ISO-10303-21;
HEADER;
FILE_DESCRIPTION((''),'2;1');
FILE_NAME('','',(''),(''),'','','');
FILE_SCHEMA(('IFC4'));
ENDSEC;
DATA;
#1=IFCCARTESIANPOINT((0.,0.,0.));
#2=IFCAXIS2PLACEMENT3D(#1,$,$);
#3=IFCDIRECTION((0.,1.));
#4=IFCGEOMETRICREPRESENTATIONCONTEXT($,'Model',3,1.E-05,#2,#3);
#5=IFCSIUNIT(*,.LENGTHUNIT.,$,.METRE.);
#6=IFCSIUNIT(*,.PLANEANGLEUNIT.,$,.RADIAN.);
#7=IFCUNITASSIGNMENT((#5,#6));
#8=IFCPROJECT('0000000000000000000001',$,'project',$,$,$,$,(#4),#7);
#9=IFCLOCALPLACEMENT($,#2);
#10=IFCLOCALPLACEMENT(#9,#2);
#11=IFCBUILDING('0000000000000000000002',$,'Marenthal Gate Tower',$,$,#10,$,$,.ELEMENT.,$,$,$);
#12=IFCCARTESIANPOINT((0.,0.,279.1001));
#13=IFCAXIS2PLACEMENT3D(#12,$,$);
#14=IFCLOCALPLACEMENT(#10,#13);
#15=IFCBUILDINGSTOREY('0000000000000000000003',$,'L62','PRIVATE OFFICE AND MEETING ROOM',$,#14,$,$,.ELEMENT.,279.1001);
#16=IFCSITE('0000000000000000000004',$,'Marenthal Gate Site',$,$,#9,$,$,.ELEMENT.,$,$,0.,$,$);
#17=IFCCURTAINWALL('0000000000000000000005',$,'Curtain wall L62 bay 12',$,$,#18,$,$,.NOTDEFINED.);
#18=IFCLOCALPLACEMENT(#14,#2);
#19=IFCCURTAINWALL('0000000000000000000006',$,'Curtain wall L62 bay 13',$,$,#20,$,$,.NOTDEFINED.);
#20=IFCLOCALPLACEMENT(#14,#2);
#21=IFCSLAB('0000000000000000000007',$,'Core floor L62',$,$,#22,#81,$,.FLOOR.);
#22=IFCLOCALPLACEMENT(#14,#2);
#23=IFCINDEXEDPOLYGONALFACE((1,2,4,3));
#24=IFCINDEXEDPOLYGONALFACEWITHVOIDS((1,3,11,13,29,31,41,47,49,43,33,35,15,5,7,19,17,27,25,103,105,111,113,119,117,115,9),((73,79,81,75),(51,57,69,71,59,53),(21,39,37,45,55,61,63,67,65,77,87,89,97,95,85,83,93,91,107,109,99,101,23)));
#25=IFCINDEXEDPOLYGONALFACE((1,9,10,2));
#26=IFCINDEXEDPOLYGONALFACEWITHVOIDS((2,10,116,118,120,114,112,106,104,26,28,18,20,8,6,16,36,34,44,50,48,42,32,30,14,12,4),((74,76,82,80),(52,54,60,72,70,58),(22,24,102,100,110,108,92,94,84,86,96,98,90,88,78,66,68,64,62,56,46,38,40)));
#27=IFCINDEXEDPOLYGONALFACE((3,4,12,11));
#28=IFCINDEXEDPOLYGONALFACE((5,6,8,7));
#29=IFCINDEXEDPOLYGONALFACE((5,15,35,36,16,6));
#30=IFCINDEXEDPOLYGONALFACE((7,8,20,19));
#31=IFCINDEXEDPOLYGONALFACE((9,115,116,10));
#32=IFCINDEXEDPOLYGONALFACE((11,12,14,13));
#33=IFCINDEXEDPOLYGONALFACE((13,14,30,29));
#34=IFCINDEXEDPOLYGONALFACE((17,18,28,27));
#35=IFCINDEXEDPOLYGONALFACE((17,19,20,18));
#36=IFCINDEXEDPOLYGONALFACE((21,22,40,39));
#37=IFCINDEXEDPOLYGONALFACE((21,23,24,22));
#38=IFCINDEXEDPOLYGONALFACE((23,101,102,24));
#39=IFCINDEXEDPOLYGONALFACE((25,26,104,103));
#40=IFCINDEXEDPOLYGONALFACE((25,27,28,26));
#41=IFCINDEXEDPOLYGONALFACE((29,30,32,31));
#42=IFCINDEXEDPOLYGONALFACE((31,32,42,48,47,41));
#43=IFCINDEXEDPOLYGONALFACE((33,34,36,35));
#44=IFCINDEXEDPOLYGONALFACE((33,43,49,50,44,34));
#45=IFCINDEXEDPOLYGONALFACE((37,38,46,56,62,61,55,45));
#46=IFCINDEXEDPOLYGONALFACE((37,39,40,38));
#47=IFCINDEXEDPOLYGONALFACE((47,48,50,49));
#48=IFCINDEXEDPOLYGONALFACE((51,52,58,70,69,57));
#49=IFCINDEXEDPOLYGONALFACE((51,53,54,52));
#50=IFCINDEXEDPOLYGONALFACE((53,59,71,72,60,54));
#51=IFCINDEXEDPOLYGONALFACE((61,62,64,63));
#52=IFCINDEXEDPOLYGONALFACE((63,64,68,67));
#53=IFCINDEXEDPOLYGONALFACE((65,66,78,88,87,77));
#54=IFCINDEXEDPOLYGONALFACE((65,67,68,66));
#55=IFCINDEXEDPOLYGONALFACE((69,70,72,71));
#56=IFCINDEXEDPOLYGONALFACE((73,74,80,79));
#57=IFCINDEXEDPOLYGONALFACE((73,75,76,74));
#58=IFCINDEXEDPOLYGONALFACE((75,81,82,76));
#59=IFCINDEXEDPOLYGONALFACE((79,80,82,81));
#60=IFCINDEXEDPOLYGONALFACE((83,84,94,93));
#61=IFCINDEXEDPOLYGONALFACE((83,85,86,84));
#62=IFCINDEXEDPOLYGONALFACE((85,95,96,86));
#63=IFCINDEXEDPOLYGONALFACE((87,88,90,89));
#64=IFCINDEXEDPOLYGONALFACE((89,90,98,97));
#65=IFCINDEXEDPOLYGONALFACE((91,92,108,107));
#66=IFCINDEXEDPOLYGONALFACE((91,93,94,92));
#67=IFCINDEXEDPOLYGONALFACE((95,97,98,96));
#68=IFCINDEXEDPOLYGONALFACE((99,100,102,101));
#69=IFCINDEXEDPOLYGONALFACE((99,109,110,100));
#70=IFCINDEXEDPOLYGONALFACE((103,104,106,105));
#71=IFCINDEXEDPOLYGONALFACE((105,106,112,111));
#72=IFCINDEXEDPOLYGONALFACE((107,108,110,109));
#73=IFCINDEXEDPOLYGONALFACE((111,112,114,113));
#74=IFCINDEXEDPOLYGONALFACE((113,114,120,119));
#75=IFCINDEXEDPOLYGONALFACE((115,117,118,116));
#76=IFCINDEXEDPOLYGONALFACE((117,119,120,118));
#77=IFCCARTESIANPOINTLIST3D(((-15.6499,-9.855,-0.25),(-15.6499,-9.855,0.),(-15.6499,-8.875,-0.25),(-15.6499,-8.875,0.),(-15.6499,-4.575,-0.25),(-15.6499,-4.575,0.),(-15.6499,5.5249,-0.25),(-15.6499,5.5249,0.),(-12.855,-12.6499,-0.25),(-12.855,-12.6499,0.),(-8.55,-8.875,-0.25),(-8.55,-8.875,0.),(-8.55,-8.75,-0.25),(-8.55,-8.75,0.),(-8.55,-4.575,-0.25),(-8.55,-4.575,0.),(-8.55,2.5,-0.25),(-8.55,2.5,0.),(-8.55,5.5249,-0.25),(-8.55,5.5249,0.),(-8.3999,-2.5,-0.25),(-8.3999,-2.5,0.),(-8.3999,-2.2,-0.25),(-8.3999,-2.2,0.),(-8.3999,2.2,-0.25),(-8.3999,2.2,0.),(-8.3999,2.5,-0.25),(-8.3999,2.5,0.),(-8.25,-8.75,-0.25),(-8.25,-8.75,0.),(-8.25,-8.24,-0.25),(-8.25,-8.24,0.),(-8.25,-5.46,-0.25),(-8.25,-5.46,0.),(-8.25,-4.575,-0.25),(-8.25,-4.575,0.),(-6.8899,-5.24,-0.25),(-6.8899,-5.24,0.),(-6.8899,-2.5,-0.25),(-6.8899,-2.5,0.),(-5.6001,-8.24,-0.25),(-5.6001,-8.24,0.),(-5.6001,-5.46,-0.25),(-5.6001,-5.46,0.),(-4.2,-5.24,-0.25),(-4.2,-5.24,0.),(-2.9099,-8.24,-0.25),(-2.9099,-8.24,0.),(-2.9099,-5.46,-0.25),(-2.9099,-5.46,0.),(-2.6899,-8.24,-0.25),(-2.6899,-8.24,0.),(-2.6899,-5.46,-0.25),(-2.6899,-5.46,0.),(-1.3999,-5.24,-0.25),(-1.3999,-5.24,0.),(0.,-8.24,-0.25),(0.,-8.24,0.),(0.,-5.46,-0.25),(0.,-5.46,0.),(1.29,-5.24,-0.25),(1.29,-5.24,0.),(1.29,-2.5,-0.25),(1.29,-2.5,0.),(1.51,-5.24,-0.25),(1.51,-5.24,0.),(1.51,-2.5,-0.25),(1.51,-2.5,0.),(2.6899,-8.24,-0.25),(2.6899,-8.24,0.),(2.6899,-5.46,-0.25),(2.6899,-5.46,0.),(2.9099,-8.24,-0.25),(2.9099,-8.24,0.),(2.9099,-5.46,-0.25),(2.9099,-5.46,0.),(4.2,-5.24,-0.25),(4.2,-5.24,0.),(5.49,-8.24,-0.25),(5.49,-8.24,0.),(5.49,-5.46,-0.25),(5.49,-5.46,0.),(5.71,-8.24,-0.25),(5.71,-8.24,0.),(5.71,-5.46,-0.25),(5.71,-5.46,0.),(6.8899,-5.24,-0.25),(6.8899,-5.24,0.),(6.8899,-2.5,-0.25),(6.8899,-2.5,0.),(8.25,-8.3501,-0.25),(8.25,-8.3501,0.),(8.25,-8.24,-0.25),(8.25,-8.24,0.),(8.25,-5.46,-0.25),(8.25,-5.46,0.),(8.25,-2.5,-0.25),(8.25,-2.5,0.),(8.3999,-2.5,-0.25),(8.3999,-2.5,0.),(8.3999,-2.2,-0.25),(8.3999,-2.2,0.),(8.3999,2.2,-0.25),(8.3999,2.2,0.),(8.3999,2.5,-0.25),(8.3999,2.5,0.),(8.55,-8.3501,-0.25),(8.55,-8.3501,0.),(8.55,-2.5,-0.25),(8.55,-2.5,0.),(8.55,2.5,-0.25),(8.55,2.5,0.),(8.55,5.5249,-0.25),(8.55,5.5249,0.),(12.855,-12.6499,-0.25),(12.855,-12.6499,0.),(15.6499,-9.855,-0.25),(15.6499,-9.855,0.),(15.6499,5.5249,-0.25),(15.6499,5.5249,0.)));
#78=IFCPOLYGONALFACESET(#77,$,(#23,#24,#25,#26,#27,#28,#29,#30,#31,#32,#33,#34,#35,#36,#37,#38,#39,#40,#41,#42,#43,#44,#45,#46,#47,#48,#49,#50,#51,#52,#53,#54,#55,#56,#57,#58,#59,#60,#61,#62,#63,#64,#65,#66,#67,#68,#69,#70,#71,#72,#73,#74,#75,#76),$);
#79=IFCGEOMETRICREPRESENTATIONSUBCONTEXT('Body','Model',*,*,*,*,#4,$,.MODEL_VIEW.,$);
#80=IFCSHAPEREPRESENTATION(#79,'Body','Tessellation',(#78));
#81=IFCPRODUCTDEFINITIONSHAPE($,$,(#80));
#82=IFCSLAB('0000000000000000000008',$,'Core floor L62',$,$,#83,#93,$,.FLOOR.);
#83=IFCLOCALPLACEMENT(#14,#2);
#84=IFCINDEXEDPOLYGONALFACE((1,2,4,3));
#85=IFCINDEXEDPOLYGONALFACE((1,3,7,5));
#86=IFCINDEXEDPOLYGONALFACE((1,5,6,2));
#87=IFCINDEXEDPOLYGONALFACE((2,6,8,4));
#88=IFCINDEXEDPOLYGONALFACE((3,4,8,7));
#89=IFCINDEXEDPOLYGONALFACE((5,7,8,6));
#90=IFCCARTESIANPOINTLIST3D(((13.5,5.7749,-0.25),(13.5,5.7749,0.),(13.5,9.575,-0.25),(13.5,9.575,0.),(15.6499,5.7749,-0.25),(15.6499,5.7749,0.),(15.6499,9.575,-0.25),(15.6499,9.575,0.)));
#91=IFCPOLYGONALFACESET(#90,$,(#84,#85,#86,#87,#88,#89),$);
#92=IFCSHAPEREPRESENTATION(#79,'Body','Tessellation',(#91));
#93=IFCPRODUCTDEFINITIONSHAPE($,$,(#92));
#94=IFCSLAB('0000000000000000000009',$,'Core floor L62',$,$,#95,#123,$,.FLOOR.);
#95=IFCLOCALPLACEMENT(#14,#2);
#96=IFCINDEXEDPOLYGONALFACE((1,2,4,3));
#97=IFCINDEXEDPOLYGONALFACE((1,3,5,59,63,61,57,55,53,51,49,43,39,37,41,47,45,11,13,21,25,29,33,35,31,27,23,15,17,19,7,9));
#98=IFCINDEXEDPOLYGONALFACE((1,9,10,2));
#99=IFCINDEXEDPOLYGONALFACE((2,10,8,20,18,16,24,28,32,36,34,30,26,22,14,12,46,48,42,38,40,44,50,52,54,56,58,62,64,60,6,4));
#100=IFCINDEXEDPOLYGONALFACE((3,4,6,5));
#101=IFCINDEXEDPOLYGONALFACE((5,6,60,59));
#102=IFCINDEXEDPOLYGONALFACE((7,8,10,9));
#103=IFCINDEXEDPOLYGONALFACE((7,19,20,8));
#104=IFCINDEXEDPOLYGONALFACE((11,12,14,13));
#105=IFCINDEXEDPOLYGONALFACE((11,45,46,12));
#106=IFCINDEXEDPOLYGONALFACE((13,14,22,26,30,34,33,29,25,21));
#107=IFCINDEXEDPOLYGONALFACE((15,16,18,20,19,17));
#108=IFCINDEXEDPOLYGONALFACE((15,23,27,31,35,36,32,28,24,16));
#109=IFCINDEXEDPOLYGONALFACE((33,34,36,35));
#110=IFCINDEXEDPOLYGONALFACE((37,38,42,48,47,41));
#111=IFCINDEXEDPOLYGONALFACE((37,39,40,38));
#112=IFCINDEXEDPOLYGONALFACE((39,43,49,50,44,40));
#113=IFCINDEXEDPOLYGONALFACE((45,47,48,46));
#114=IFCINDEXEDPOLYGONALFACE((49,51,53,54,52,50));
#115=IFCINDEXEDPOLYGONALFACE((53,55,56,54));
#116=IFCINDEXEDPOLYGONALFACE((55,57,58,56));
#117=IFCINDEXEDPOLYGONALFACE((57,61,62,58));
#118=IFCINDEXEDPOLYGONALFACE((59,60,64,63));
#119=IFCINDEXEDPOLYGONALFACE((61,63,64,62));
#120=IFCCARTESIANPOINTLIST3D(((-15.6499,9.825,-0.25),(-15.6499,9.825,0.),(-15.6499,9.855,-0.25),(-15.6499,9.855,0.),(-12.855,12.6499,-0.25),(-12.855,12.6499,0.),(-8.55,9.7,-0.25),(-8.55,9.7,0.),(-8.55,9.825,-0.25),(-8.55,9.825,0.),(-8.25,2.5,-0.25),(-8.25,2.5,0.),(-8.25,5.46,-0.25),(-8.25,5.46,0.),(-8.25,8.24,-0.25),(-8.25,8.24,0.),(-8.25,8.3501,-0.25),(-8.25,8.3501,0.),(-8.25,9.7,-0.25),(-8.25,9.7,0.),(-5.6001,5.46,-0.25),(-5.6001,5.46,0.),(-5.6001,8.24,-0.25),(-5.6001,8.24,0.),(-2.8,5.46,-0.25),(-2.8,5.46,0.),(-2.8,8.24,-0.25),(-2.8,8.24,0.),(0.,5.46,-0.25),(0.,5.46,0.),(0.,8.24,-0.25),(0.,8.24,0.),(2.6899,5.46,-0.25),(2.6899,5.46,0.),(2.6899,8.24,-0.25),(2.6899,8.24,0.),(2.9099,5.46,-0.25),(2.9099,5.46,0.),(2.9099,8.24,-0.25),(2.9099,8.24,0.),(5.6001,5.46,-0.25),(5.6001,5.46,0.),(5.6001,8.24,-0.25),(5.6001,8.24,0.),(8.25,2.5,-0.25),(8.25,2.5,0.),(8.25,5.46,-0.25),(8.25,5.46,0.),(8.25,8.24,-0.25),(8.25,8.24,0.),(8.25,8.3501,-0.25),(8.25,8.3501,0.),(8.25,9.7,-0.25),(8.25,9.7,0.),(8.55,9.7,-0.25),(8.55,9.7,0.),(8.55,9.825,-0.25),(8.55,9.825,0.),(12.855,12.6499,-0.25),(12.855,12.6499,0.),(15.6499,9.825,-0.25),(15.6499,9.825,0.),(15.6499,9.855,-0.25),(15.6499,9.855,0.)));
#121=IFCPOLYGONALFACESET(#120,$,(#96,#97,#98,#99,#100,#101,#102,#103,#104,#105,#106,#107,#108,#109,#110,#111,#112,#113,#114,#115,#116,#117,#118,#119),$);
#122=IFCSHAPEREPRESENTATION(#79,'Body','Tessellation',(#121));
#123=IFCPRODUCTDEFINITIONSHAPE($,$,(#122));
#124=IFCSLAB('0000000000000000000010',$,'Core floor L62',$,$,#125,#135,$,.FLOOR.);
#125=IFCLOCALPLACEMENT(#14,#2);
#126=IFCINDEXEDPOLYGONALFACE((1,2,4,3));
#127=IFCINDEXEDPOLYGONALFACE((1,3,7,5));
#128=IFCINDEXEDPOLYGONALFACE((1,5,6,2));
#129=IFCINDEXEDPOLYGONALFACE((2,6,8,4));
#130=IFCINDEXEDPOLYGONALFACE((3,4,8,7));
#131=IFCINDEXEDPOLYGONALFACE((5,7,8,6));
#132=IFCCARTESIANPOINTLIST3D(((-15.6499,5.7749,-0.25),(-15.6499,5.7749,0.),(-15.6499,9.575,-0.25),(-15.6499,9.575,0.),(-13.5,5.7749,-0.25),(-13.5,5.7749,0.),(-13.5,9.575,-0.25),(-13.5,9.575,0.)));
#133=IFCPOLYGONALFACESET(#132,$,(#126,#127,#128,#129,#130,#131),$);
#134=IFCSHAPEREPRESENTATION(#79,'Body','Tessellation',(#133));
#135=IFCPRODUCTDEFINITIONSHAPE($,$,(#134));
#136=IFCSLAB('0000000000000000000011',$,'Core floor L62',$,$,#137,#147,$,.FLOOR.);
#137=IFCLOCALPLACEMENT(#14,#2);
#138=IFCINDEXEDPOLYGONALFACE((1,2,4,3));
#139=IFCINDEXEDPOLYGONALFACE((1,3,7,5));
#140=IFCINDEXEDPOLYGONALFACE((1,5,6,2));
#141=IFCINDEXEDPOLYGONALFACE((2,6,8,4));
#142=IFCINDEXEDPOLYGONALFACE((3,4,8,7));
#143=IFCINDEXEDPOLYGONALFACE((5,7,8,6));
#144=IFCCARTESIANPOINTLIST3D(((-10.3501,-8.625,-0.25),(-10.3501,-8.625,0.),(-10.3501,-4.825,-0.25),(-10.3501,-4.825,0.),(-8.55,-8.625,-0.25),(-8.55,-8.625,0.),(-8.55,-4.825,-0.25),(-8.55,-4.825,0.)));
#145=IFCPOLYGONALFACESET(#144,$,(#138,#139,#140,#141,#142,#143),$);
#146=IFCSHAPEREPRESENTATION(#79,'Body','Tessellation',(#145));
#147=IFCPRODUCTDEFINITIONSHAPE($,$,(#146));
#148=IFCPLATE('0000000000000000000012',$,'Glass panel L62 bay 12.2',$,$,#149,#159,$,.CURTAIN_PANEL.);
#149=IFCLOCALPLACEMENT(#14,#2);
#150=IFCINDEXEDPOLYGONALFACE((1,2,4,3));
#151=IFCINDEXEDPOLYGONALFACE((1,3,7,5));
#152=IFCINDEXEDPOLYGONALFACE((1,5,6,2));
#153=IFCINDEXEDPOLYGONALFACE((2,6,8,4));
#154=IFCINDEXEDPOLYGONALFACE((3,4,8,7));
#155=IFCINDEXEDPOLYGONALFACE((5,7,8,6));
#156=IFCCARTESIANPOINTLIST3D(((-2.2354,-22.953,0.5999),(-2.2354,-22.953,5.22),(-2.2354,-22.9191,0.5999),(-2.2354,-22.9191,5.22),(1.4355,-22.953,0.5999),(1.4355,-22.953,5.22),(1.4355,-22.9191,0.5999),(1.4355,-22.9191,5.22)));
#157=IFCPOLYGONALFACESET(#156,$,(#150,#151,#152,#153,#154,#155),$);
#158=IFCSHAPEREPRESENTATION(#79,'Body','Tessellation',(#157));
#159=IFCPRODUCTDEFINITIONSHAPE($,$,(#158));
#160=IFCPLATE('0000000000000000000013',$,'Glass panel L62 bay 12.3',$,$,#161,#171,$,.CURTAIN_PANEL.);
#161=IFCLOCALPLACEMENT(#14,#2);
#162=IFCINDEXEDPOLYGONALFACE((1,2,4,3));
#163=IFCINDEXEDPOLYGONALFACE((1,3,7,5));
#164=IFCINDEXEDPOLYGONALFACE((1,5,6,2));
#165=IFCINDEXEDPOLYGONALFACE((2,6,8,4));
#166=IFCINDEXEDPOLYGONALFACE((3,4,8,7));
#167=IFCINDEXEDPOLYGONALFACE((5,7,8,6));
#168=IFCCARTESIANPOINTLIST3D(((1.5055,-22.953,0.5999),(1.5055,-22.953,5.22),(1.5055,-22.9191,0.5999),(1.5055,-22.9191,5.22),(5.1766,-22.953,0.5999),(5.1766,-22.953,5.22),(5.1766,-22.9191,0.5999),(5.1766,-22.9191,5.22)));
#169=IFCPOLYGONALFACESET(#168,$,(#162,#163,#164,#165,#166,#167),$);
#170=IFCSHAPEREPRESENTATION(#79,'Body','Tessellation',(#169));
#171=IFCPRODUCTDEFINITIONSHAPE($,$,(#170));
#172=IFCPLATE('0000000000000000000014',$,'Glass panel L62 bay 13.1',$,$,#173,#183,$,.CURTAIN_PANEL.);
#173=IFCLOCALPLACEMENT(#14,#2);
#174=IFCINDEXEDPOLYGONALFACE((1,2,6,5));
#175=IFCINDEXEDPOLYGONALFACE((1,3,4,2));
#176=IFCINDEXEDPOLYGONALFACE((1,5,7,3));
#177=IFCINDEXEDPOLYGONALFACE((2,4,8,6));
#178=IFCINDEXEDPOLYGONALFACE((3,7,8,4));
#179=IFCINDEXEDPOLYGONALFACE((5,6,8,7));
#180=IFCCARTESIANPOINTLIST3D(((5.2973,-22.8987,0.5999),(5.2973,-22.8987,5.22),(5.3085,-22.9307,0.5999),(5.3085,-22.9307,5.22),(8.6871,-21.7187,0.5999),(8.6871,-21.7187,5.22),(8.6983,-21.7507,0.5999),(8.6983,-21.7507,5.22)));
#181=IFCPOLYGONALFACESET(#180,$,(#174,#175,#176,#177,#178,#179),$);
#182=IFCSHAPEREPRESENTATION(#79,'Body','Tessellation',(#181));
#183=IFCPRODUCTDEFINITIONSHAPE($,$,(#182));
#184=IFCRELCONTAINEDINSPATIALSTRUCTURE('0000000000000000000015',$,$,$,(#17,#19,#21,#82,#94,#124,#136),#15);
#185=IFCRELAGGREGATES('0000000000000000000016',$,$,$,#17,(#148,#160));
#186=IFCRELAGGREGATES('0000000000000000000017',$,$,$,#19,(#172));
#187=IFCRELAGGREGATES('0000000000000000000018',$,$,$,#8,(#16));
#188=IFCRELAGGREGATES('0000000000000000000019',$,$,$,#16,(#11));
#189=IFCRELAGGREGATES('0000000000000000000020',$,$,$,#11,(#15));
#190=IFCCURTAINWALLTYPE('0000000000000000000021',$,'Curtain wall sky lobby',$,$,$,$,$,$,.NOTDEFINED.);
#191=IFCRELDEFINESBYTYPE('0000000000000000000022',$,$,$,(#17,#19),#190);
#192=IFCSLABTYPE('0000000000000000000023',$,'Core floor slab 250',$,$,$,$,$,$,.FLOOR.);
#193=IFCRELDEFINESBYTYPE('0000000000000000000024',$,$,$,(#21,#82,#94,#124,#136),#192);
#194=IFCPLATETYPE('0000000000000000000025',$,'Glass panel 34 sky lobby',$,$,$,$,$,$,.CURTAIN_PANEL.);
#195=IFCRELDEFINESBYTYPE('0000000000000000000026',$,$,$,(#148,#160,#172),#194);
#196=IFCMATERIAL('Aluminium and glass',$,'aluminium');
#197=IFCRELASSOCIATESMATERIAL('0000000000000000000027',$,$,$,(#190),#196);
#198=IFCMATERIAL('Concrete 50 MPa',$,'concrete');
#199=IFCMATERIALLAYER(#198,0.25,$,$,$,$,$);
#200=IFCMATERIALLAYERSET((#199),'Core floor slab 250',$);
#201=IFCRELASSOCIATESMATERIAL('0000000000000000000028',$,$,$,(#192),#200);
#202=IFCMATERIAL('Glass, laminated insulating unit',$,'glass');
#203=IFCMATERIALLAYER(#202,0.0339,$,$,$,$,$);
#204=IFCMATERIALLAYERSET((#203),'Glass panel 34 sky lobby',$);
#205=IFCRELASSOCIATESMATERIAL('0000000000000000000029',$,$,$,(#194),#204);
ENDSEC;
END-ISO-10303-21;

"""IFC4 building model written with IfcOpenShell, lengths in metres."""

from ifc_helpers import new_model, si_unit, direction, frame, origin, origin_2d, place, context, subcontext, project, spatial, polyline, rectangle, outline, extrude, material, layer, layer_set, type_object, element, aggregate, save


model = new_model("IFC4")

# Units and contexts
model_context = context("Model", 3, precision=1e-05, world=origin(), true_north=direction((0.0, 1.0)))
body_context = subcontext(model_context, "Body", "Model", "MODEL_VIEW")
ifc_project = project(units=[si_unit("LENGTHUNIT", "METRE"), si_unit("PLANEANGLEUNIT", "RADIAN")], contexts=[model_context])

# Site, building, storey
site_placement = place(None, origin())
site = spatial("IfcSite", under=ifc_project, at=site_placement, Name="Marenthal Gate Site", CompositionType="ELEMENT", RefElevation=0.0)
building_placement = place(site_placement, origin())
building = spatial("IfcBuilding", under=site, at=building_placement, Name="Marenthal Gate Tower", CompositionType="ELEMENT")
storey_placement = place(building_placement, frame((0.0, 0.0, 279.1001)))
storey = spatial("IfcBuildingStorey", under=building, at=storey_placement, Name="L62", Description="PRIVATE OFFICE AND MEETING ROOM", CompositionType="ELEMENT", Elevation=279.1001)

# Curtain walls
ifc_material_1 = material(Name="Aluminium and glass", Category="aluminium")
curtain_wall_type = type_object("IfcCurtainWallType", Name="Curtain wall sky lobby", PredefinedType="NOTDEFINED", material=ifc_material_1)
curtain_wall_1_placement = place(storey_placement, origin())
curtain_wall_1 = element("IfcCurtainWall", 1, at=curtain_wall_1_placement, inside=storey, type_object=curtain_wall_type, Name="Curtain wall L62 bay 12", PredefinedType="NOTDEFINED")
curtain_wall_2_placement = place(storey_placement, origin())
curtain_wall_2 = element("IfcCurtainWall", 2, at=curtain_wall_2_placement, inside=storey, type_object=curtain_wall_type, Name="Curtain wall L62 bay 13", PredefinedType="NOTDEFINED")

# Slabs
ifc_material_2 = material(Name="Concrete 50 MPa", Category="concrete")
ifc_layer_1 = layer(ifc_material_2, 0.25)
ifc_layer_set_1 = layer_set([ifc_layer_1], Name="Core floor slab 250")
slab_type_1 = type_object("IfcSlabType", Name="Core floor slab 250", PredefinedType="FLOOR", material=ifc_layer_set_1)
slab_1_placement = place(storey_placement, frame((0.0, 0.0, -0.25)))
element("IfcSlab", 3, at=slab_1_placement, inside=storey, type_object=slab_type_1, Name="Core floor L62", PredefinedType="FLOOR", context=body_context, shape_type="SweptSolid", body=[
    extrude(outline(polyline([(12.855, -12.6499), (-12.855, -12.6499), (-15.6499, -9.855), (-15.6499, -8.875), (-8.55, -8.875), (-8.55, -8.75), (-8.25, -8.75), (-8.25, -8.24), (-5.6001, -8.24), (-2.9099, -8.24), (-2.9099, -5.46), (-5.6001, -5.46), (-8.25, -5.46), (-8.25, -4.575), (-8.55, -4.575), (-15.6499, -4.575), (-15.6499, 5.5249), (-8.55, 5.5249), (-8.55, 2.5), (-8.3999, 2.5), (-8.3999, 2.2), (8.3999, 2.2), (8.3999, 2.5), (8.55, 2.5), (8.55, 5.5249), (15.6499, 5.5249), (15.6499, -9.855), (12.855, -12.6499)]), holes=[polyline([(2.6899, -8.24), (2.6899, -5.46), (0.0, -5.46), (-2.6899, -5.46), (-2.6899, -8.24), (0.0, -8.24), (2.6899, -8.24)]), polyline([(1.29, -2.5), (1.51, -2.5), (1.51, -5.24), (4.2, -5.24), (6.8899, -5.24), (6.8899, -2.5), (8.25, -2.5), (8.25, -5.46), (5.71, -5.46), (5.71, -8.24), (8.25, -8.24), (8.25, -8.3501), (8.55, -8.3501), (8.55, -2.5), (8.3999, -2.5), (8.3999, -2.2), (-8.3999, -2.2), (-8.3999, -2.5), (-6.8899, -2.5), (-6.8899, -5.24), (-4.2, -5.24), (-1.3999, -5.24), (1.29, -5.24), (1.29, -2.5)]), polyline([(5.49, -5.46), (2.9099, -5.46), (2.9099, -8.24), (5.49, -8.24), (5.49, -5.46)])]), origin(), (0.0, 0.0, 1.0), 0.25),
])
slab_2_placement = place(storey_placement, frame((0.0, 0.0, -0.25)))
element("IfcSlab", 4, at=slab_2_placement, inside=storey, type_object=slab_type_1, Name="Core floor L62", PredefinedType="FLOOR", context=body_context, shape_type="SweptSolid", body=[
    extrude(outline(polyline([(15.6499, 5.7749), (13.5, 5.7749), (13.5, 9.575), (15.6499, 9.575), (15.6499, 5.7749)])), origin(), (0.0, 0.0, 1.0), 0.25),
])
slab_3_placement = place(storey_placement, frame((0.0, 0.0, -0.25)))
element("IfcSlab", 5, at=slab_3_placement, inside=storey, type_object=slab_type_1, Name="Core floor L62", PredefinedType="FLOOR", context=body_context, shape_type="SweptSolid", body=[
    extrude(outline(polyline([(15.6499, 9.825), (8.55, 9.825), (8.55, 9.7), (8.25, 9.7), (8.25, 8.3501), (8.25, 8.24), (5.6001, 8.24), (2.9099, 8.24), (2.9099, 5.46), (5.6001, 5.46), (8.25, 5.46), (8.25, 2.5), (-8.25, 2.5), (-8.25, 5.46), (-5.6001, 5.46), (-2.8, 5.46), (0.0, 5.46), (2.6899, 5.46), (2.6899, 8.24), (0.0, 8.24), (-2.8, 8.24), (-5.6001, 8.24), (-8.25, 8.24), (-8.25, 8.3501), (-8.25, 9.7), (-8.55, 9.7), (-8.55, 9.825), (-15.6499, 9.825), (-15.6499, 9.855), (-12.855, 12.6499), (12.855, 12.6499), (15.6499, 9.855), (15.6499, 9.825)])), origin(), (0.0, 0.0, 1.0), 0.25),
])
slab_4_placement = place(storey_placement, frame((0.0, 0.0, -0.25)))
element("IfcSlab", 6, at=slab_4_placement, inside=storey, type_object=slab_type_1, Name="Core floor L62", PredefinedType="FLOOR", context=body_context, shape_type="SweptSolid", body=[
    extrude(outline(polyline([(-15.6499, 9.575), (-13.5, 9.575), (-13.5, 5.7749), (-15.6499, 5.7749), (-15.6499, 9.575)])), origin(), (0.0, 0.0, 1.0), 0.25),
])
slab_5_placement = place(storey_placement, frame((0.0, 0.0, -0.25)))
element("IfcSlab", 7, at=slab_5_placement, inside=storey, type_object=slab_type_1, Name="Core floor L62", PredefinedType="FLOOR", context=body_context, shape_type="SweptSolid", body=[
    extrude(outline(polyline([(-8.55, -8.625), (-10.3501, -8.625), (-10.3501, -4.825), (-8.55, -4.825), (-8.55, -8.625)])), origin(), (0.0, 0.0, 1.0), 0.25),
])

# Plates
ifc_material_3 = material(Name="Glass, laminated insulating unit", Category="glass")
ifc_layer_2 = layer(ifc_material_3, 0.0339)
ifc_layer_set_2 = layer_set([ifc_layer_2], Name="Glass panel 34 sky lobby")
plate_type = type_object("IfcPlateType", Name="Glass panel 34 sky lobby", PredefinedType="CURTAIN_PANEL", material=ifc_layer_set_2)
plate_1_placement = place(storey_placement, frame((-0.3999, -22.936, 0.5999), z_axis=(0.0, 0.0, 1.0), x_axis=(1.0, 0.0, 0.0)))
plate_1 = element("IfcPlate", 8, at=plate_1_placement, type_object=plate_type, Name="Glass panel L62 bay 12.2", PredefinedType="CURTAIN_PANEL", context=body_context, shape_type="SweptSolid", body=[
    extrude(rectangle(XDim=3.6709, YDim=0.0339, at=origin_2d()), origin(), (0.0, 0.0, 1.0), 4.6201),
])
plate_2_placement = place(storey_placement, frame((3.3411, -22.936, 0.5999), z_axis=(0.0, 0.0, 1.0), x_axis=(1.0, 0.0, 0.0)))
plate_2 = element("IfcPlate", 9, at=plate_2_placement, type_object=plate_type, Name="Glass panel L62 bay 12.3", PredefinedType="CURTAIN_PANEL", context=body_context, shape_type="SweptSolid", body=[
    extrude(rectangle(XDim=3.6711, YDim=0.0339, at=origin_2d()), origin(), (0.0, 0.0, 1.0), 4.6201),
])
aggregate(curtain_wall_1, [plate_1, plate_2])
plate_3_placement = place(storey_placement, frame((6.9978, -22.3247, 0.5999), z_axis=(0.0, 0.0, 1.0), x_axis=(0.944415, 0.328757, 0.0)))
plate_3 = element("IfcPlate", 10, at=plate_3_placement, type_object=plate_type, Name="Glass panel L62 bay 13.1", PredefinedType="CURTAIN_PANEL", context=body_context, shape_type="SweptSolid", body=[
    extrude(rectangle(XDim=3.5894, YDim=0.0339, at=origin_2d()), origin(), (0.0, 0.0, 1.0), 4.6201),
])
aggregate(curtain_wall_2, [plate_3])

save(model, "model.ifc")
